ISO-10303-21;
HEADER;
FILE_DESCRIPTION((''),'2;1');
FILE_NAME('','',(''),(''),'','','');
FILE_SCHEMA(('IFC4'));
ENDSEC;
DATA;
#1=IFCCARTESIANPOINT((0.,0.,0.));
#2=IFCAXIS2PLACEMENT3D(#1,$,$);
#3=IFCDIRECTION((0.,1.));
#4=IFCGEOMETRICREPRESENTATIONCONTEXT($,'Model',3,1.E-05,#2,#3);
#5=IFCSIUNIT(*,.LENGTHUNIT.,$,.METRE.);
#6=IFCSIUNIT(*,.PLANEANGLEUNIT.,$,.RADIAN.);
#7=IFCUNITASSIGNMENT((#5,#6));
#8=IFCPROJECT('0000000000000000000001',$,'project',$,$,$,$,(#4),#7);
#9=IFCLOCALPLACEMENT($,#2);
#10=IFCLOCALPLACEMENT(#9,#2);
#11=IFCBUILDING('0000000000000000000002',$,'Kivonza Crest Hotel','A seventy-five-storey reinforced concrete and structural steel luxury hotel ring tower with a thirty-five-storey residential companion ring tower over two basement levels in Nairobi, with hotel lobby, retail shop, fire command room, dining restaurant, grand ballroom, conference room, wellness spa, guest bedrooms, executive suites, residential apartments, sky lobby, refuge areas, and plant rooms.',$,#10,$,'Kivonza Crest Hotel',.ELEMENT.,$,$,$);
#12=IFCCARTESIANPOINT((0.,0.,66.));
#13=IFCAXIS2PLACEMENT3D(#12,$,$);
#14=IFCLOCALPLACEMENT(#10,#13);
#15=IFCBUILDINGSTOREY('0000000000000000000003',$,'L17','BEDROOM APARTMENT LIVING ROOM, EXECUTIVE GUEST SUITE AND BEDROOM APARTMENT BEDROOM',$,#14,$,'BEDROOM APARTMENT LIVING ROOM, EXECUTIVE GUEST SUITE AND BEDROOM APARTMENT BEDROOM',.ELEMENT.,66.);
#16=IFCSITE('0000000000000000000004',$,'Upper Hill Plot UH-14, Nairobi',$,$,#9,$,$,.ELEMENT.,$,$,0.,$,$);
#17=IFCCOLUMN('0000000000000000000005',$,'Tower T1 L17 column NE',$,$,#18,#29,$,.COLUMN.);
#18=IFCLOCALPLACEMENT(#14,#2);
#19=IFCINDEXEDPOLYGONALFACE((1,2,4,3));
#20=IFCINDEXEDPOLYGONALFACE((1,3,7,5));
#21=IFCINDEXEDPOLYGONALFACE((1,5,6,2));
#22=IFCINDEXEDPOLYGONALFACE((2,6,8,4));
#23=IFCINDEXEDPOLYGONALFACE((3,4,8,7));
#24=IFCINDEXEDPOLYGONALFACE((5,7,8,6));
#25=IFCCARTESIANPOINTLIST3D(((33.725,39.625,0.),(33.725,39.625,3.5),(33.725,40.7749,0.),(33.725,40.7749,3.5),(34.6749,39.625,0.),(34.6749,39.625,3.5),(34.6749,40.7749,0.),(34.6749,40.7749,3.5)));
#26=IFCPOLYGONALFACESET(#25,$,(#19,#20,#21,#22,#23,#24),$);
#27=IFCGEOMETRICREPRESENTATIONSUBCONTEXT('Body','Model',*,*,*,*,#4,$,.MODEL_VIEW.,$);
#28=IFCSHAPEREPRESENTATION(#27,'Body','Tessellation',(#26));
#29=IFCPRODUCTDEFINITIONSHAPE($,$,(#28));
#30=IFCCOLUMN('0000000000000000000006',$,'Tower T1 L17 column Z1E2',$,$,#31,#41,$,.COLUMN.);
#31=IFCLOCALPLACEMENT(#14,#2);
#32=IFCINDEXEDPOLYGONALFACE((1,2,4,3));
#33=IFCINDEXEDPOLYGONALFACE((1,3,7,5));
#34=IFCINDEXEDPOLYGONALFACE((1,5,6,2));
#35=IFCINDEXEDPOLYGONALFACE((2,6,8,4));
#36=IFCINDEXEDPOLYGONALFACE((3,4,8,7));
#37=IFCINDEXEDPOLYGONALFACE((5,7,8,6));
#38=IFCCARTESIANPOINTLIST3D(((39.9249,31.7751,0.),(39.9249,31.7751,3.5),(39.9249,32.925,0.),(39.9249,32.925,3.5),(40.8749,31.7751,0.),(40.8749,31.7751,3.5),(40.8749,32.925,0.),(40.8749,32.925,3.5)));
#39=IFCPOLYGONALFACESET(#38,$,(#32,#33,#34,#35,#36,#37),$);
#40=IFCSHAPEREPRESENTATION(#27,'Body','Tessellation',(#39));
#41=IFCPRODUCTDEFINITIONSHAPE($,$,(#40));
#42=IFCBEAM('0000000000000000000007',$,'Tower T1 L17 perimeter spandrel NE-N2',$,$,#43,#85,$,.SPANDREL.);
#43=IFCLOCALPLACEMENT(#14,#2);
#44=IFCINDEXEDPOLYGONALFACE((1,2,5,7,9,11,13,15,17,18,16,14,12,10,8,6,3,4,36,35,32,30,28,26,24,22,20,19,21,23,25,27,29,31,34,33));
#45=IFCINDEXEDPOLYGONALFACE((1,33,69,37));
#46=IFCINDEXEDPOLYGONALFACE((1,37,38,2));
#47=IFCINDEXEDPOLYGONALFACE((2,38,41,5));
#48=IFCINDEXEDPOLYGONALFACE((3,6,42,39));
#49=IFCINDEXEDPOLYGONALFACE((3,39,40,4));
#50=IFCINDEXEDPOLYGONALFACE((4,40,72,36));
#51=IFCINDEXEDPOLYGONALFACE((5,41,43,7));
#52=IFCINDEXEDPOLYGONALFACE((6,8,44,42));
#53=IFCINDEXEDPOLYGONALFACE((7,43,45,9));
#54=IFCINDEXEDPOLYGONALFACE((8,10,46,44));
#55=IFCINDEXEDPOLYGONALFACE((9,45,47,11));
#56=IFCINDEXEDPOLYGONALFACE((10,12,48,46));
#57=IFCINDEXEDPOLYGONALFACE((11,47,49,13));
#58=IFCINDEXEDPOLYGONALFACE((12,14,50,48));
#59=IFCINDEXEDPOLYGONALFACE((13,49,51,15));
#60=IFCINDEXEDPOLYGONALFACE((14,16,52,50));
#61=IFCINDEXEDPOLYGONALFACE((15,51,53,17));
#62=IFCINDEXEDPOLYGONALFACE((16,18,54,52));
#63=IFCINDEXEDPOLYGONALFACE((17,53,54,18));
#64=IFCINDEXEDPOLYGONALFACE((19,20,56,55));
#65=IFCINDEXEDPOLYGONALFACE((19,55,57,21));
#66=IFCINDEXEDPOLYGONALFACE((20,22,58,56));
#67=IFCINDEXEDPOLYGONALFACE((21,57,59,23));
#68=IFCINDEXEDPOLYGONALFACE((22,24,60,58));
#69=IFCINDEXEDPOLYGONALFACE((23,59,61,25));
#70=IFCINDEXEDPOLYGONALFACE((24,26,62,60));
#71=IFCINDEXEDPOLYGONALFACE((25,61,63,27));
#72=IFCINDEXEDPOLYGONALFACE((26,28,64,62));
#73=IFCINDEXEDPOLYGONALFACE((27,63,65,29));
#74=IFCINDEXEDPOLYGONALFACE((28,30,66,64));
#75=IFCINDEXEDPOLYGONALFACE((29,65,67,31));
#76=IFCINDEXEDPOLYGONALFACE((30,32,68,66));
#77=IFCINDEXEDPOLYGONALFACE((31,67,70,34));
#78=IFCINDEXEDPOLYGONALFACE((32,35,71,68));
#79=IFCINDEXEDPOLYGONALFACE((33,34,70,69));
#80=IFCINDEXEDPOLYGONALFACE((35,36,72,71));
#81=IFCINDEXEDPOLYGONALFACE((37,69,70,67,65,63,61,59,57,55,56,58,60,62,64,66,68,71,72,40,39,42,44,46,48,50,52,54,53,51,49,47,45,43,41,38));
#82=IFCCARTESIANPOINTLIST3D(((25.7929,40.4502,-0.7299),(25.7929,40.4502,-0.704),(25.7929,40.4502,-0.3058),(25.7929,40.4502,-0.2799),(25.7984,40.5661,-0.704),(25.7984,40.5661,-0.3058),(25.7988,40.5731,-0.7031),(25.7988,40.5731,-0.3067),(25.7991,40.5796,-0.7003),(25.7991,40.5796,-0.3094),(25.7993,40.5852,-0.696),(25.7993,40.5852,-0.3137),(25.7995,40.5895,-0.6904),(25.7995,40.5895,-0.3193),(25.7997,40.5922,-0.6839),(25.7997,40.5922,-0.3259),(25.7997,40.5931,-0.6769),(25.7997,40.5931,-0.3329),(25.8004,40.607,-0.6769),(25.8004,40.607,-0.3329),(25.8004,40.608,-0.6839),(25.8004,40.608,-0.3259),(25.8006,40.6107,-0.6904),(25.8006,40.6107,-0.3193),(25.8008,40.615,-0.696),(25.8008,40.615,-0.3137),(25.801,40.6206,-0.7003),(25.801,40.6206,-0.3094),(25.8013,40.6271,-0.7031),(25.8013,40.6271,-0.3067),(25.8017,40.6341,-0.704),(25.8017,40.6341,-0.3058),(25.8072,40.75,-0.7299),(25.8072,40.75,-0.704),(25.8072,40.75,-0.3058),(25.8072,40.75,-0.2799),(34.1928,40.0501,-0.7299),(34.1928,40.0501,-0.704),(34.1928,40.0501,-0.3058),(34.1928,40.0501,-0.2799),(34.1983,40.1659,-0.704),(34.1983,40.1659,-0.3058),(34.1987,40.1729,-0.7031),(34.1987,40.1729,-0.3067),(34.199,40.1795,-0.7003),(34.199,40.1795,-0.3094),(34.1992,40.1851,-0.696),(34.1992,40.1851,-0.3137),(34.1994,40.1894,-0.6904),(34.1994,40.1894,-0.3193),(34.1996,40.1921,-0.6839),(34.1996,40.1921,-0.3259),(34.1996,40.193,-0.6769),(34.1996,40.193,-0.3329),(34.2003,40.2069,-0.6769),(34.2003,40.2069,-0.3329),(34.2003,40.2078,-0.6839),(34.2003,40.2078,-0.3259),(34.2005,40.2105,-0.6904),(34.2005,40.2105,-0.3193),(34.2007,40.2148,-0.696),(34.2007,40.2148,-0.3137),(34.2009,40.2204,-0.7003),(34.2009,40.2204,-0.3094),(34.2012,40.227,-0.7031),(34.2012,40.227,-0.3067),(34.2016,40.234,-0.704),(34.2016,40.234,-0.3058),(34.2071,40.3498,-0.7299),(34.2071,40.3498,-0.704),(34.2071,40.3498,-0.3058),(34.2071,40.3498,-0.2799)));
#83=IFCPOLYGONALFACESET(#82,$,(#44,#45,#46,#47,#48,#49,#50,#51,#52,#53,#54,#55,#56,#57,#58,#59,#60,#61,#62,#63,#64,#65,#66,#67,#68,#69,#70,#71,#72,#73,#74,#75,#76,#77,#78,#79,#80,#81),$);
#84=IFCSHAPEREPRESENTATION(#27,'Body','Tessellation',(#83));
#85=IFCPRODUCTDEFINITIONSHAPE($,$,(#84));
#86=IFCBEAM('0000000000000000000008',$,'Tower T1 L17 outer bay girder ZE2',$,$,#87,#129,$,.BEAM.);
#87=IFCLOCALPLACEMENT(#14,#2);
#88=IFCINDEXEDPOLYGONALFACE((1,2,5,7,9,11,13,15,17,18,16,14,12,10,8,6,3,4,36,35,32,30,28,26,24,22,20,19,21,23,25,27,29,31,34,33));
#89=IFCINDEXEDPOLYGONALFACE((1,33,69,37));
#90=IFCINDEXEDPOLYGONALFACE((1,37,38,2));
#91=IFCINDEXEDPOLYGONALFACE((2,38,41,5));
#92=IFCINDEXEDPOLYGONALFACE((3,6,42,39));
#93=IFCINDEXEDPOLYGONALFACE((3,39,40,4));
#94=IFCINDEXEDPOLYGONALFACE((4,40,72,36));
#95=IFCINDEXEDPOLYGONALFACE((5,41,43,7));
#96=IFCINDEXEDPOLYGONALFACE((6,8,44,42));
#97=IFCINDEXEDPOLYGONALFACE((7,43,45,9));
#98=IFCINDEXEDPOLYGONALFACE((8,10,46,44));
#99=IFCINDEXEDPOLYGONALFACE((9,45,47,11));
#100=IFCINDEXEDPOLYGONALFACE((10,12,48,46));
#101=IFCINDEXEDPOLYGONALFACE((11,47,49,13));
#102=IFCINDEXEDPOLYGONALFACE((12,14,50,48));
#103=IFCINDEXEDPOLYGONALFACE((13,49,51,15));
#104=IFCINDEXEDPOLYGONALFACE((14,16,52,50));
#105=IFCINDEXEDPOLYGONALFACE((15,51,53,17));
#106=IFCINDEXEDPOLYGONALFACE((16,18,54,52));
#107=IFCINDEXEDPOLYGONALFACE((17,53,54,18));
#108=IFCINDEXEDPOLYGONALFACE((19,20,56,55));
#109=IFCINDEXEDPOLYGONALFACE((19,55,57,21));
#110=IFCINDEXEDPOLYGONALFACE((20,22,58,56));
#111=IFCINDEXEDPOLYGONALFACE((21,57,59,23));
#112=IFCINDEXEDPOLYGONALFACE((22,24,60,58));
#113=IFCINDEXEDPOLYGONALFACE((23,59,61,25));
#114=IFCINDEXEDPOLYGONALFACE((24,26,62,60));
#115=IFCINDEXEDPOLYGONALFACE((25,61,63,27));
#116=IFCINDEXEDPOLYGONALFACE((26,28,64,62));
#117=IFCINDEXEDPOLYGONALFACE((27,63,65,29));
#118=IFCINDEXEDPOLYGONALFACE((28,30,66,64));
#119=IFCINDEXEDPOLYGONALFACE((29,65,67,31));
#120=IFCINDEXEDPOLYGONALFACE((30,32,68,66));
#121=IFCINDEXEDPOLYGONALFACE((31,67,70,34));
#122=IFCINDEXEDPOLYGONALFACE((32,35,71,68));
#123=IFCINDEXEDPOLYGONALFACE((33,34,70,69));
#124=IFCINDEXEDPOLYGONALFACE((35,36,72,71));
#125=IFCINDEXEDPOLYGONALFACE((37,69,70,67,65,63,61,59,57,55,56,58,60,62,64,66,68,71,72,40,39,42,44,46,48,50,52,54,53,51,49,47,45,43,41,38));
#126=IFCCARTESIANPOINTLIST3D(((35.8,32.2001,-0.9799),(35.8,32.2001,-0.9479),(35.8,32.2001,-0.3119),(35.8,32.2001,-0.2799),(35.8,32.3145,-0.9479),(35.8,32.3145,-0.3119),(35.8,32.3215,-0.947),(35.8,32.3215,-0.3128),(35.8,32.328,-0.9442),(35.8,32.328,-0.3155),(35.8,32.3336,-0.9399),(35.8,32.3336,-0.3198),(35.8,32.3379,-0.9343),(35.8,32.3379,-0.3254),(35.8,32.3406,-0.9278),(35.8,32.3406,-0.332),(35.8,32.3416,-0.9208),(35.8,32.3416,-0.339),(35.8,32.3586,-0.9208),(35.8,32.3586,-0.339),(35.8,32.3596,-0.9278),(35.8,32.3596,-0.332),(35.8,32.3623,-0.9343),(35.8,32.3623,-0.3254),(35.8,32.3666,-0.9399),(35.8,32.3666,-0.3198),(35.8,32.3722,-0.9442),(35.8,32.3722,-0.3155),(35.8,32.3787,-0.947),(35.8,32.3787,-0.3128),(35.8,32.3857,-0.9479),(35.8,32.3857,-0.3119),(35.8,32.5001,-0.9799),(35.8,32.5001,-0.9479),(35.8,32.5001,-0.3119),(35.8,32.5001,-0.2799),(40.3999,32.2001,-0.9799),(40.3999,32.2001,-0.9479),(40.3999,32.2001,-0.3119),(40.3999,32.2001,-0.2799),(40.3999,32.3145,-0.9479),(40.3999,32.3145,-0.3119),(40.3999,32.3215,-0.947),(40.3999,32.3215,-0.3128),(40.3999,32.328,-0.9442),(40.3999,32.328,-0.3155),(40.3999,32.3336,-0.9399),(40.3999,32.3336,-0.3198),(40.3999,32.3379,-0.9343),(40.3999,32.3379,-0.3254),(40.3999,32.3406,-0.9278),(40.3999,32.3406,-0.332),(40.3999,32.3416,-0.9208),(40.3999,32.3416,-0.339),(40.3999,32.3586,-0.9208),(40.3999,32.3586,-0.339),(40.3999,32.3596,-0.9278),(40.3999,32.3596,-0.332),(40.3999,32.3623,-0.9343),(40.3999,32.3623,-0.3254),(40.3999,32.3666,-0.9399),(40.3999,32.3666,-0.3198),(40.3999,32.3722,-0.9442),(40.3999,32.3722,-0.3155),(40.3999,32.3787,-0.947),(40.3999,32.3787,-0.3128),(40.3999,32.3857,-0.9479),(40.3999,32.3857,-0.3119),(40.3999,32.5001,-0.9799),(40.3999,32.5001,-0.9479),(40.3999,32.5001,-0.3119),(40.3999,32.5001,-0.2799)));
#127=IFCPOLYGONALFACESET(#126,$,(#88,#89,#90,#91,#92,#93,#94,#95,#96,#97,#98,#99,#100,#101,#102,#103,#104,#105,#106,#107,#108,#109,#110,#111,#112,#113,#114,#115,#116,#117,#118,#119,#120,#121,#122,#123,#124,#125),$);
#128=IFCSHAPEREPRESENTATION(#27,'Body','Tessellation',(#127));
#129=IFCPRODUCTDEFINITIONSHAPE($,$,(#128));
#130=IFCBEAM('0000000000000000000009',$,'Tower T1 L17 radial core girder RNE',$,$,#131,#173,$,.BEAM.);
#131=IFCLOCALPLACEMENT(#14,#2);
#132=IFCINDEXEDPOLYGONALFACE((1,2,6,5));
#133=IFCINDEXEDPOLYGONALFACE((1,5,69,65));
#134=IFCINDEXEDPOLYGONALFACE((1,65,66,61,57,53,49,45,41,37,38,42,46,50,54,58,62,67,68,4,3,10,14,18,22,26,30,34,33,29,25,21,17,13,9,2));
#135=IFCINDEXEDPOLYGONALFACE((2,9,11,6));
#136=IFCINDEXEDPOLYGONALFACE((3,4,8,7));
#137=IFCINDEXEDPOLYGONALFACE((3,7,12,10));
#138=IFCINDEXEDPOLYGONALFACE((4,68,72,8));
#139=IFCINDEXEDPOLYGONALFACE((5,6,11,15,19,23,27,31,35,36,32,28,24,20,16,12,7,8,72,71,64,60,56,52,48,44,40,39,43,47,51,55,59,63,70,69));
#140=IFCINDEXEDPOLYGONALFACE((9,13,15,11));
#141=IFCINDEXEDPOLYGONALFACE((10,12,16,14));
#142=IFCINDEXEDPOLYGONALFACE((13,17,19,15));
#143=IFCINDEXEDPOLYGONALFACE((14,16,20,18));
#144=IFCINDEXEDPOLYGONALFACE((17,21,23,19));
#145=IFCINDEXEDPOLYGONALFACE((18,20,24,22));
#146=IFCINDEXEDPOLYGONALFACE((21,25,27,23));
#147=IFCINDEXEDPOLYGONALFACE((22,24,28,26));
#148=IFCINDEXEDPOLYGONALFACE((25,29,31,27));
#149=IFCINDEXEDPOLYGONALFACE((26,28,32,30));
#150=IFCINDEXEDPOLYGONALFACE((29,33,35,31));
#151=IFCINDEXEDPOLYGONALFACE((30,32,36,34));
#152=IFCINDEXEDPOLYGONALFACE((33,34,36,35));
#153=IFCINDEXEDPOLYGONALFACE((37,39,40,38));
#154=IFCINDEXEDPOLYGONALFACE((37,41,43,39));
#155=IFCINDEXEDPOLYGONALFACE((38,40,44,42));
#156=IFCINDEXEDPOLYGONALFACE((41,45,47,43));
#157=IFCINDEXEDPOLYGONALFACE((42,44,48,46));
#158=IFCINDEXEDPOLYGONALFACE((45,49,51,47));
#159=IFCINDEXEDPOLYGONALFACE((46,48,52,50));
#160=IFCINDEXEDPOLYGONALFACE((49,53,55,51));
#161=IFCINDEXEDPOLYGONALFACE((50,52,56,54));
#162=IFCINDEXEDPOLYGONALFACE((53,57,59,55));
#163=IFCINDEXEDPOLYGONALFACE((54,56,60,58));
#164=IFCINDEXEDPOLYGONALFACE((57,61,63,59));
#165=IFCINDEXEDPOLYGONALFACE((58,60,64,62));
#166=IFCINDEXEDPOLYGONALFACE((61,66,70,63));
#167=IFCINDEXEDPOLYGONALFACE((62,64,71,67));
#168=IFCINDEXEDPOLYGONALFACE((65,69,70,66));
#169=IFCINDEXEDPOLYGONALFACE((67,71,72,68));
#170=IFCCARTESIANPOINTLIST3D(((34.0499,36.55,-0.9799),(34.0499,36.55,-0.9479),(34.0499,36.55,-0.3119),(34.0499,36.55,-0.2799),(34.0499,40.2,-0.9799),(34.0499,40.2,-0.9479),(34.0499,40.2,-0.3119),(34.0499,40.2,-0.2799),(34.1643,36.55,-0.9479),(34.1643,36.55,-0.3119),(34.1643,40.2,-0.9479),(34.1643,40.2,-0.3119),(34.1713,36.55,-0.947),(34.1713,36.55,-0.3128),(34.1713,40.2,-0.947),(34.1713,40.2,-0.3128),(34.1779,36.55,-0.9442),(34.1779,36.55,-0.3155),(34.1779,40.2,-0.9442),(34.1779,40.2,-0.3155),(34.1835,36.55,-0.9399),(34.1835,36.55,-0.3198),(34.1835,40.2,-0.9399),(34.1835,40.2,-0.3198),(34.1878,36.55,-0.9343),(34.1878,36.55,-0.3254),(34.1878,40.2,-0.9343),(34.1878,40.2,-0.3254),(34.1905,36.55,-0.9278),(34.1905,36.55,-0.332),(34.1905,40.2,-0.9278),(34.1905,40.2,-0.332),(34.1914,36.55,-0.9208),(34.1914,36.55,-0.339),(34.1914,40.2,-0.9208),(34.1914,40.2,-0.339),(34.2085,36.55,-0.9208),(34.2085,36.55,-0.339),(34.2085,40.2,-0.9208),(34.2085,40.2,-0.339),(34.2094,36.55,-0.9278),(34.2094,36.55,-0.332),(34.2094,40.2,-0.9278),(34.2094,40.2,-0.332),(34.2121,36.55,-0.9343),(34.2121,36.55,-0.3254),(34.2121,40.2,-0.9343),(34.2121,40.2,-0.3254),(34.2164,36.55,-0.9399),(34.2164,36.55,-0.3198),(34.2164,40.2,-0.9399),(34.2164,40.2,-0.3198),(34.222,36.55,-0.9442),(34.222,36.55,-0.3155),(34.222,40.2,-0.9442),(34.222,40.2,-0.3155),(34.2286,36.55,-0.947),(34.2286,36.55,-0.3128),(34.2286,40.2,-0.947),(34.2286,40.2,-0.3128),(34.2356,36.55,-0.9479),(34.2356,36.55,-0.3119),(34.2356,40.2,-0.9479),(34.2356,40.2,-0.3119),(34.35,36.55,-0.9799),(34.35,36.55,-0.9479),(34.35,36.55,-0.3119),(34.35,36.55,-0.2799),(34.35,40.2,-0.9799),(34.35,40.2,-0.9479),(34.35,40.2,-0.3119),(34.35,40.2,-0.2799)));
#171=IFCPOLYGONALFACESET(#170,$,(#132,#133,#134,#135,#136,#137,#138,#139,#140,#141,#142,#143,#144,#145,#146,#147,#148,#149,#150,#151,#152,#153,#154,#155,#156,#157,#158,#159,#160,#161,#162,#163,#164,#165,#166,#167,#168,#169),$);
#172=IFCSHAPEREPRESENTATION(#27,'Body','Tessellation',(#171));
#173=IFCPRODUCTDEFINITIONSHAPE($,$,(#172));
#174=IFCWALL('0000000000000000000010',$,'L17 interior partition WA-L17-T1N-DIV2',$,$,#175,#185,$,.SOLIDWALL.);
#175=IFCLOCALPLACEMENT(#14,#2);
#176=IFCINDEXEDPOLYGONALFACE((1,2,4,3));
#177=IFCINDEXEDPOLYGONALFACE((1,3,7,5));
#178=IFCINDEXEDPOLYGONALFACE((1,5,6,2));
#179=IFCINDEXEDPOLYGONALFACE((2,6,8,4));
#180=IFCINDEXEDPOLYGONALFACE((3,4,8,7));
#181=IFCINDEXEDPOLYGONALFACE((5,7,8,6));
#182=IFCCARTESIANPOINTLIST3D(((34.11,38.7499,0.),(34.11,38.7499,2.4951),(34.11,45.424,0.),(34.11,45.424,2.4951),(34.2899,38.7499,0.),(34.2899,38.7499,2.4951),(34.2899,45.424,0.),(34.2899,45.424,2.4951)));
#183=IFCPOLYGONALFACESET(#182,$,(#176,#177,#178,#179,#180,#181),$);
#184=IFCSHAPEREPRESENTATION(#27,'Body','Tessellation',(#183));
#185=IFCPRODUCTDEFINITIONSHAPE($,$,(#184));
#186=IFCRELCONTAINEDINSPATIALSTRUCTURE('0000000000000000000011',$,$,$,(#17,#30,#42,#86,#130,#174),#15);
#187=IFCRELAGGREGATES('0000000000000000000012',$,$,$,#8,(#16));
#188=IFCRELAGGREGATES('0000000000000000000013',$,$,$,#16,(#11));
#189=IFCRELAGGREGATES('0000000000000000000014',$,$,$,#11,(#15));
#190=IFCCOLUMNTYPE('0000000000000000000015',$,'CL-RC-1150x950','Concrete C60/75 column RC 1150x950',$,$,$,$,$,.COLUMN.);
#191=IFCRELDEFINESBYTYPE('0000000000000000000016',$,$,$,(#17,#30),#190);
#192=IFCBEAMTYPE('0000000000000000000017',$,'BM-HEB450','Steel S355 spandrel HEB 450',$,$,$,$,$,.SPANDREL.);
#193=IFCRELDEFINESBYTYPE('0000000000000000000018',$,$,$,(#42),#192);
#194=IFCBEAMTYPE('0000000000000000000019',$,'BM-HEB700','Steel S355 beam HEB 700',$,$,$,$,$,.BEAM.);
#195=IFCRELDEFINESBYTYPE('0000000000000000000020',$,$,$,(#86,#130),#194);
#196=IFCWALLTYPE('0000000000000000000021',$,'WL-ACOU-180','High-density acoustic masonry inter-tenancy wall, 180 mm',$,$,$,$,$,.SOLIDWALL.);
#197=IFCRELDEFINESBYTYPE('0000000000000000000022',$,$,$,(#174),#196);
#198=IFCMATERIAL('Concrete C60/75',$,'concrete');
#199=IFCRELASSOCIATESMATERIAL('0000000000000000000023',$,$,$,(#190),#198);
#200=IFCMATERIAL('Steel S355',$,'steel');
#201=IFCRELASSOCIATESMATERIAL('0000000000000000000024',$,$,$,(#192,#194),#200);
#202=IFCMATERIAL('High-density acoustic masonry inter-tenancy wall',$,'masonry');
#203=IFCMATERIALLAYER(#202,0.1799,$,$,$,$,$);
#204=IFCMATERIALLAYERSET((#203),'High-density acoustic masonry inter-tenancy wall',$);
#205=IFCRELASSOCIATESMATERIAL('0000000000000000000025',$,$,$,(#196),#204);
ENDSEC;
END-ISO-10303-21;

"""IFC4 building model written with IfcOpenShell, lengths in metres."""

from ifc_helpers import new_model, si_unit, direction, frame, frame_2d, origin, origin_2d, place, context, subcontext, project, spatial, rectangle, i_section, extrude, material, layer, layer_set, material_profile, profile_set, type_object, element, save


model = new_model("IFC4")

# Units and contexts
model_context = context("Model", 3, precision=1e-05, world=origin(), true_north=direction((0.0, 1.0)))
body_context = subcontext(model_context, "Body", "Model", "MODEL_VIEW")
ifc_project = project(units=[si_unit("LENGTHUNIT", "METRE"), si_unit("PLANEANGLEUNIT", "RADIAN")], contexts=[model_context])

# Site, building, storey
site_placement = place(None, origin())
site = spatial("IfcSite", under=ifc_project, at=site_placement, Name="Upper Hill Plot UH-14, Nairobi", CompositionType="ELEMENT", RefElevation=0.0)
building_placement = place(site_placement, origin())
building = spatial("IfcBuilding", under=site, at=building_placement, Name="Kivonza Crest Hotel", Description="A seventy-five-storey reinforced concrete and structural steel luxury hotel ring tower with a thirty-five-storey residential companion ring tower over two basement levels in Nairobi, with hotel lobby, retail shop, fire command room, dining restaurant, grand ballroom, conference room, wellness spa, guest bedrooms, executive suites, residential apartments, sky lobby, refuge areas, and plant rooms.", LongName="Kivonza Crest Hotel", CompositionType="ELEMENT")
storey_placement = place(building_placement, frame((0.0, 0.0, 66.0)))
storey = spatial("IfcBuildingStorey", under=building, at=storey_placement, Name="L17", Description="BEDROOM APARTMENT LIVING ROOM, EXECUTIVE GUEST SUITE AND BEDROOM APARTMENT BEDROOM", LongName="BEDROOM APARTMENT LIVING ROOM, EXECUTIVE GUEST SUITE AND BEDROOM APARTMENT BEDROOM", CompositionType="ELEMENT", Elevation=66.0)

# Columns
ifc_material_1 = material(Name="Concrete C60/75", Category="concrete")
ifc_material_profile_1 = material_profile(ifc_material_1, rectangle(XDim=0.95, YDim=1.1499, at=origin_2d()), Name="RC 1150x950")
ifc_profile_set_1 = profile_set([ifc_material_profile_1], Name="Concrete C60/75")
column_type = type_object("IfcColumnType", Name="CL-RC-1150x950", Description="Concrete C60/75 column RC 1150x950", PredefinedType="COLUMN", material=ifc_profile_set_1)
for number, where, z_axis, x_axis, name in (
    (1, (34.2, 40.2, 0.0), (0.0, 0.0, 1.0), (1.0, 0.0, 0.0), "Tower T1 L17 column NE"),
    (2, (40.3999, 32.3501, 0.0), (0.0, 0.0, 1.0), (1.0, 0.0, 0.0), "Tower T1 L17 column Z1E2"),
):
    element("IfcColumn", number, at=place(storey_placement, frame(where, z_axis=z_axis, x_axis=x_axis)), inside=storey, type_object=column_type, Name=name, PredefinedType="COLUMN", context=body_context, shape_type="SweptSolid", body=[
        extrude(rectangle(XDim=0.95, YDim=1.1499, at=origin_2d()), origin(), (0.0, 0.0, 1.0), 3.5),
    ])

# Beams
ifc_material_2 = material(Name="Steel S355", Category="steel")
ifc_material_profile_2 = material_profile(ifc_material_2, i_section(OverallWidth=0.3, OverallDepth=0.45, WebThickness=0.0139, FlangeThickness=0.0259, FilletRadius=0.0271, at=origin_2d()), Name="HEB 450")
ifc_profile_set_2 = profile_set([ifc_material_profile_2], Name="Steel S355")
beam_type_1 = type_object("IfcBeamType", Name="BM-HEB450", Description="Steel S355 spandrel HEB 450", PredefinedType="SPANDREL", material=ifc_profile_set_2)
beam_1_placement = place(storey_placement, frame((34.2, 40.2, -0.5049), z_axis=(-0.998867, 0.047583, 0.0), x_axis=(-0.047583, -0.998867, 0.0)))
element("IfcBeam", 3, at=beam_1_placement, inside=storey, type_object=beam_type_1, Name="Tower T1 L17 perimeter spandrel NE-N2", PredefinedType="SPANDREL", context=body_context, shape_type="SweptSolid", body=[
    extrude(i_section(OverallWidth=0.3, OverallDepth=0.45, WebThickness=0.0139, FlangeThickness=0.0259, FilletRadius=0.0271, at=origin_2d()), origin(), (0.0, 0.0, 1.0), 8.4094),
])
ifc_material_profile_3 = material_profile(ifc_material_2, i_section(OverallWidth=0.3, OverallDepth=0.7, WebThickness=0.0171, FlangeThickness=0.032, FilletRadius=0.0271, at=origin_2d()), Name="HEB 700")
ifc_profile_set_3 = profile_set([ifc_material_profile_3], Name="Steel S355")
beam_type_2 = type_object("IfcBeamType", Name="BM-HEB700", Description="Steel S355 beam HEB 700", PredefinedType="BEAM", material=ifc_profile_set_3)
beam_2_placement = place(storey_placement, frame((40.3999, 32.3501, -0.6299), z_axis=(-1.0, 0.0, 0.0), x_axis=(0.0, -1.0, 0.0)))
element("IfcBeam", 4, at=beam_2_placement, inside=storey, type_object=beam_type_2, Name="Tower T1 L17 outer bay girder ZE2", PredefinedType="BEAM", context=body_context, shape_type="SweptSolid", body=[
    extrude(i_section(OverallWidth=0.3, OverallDepth=0.7, WebThickness=0.0171, FlangeThickness=0.032, FilletRadius=0.0271, at=origin_2d()), origin(), (0.0, 0.0, 1.0), 4.5999),
])
beam_3_placement = place(storey_placement, frame((34.2, 40.2, -0.6299), z_axis=(0.0, -1.0, 0.0), x_axis=(1.0, 0.0, 0.0)))
element("IfcBeam", 5, at=beam_3_placement, inside=storey, type_object=beam_type_2, Name="Tower T1 L17 radial core girder RNE", PredefinedType="BEAM", context=body_context, shape_type="SweptSolid", body=[
    extrude(i_section(OverallWidth=0.3, OverallDepth=0.7, WebThickness=0.0171, FlangeThickness=0.032, FilletRadius=0.0271, at=origin_2d()), origin(), (0.0, 0.0, 1.0), 3.6499),
])

# Wall
ifc_material_3 = material(Name="High-density acoustic masonry inter-tenancy wall", Category="masonry")
ifc_layer_1 = layer(ifc_material_3, 0.1799)
ifc_layer_set_1 = layer_set([ifc_layer_1], Name="High-density acoustic masonry inter-tenancy wall")
wall_type_1 = type_object("IfcWallType", Name="WL-ACOU-180", Description="High-density acoustic masonry inter-tenancy wall, 180 mm", PredefinedType="SOLIDWALL", material=ifc_layer_set_1)
wall_1_placement = place(storey_placement, frame((34.2, 38.75, 0.0), z_axis=(0.0, 0.0, 1.0), x_axis=(0.0, 1.0, 0.0)))
element("IfcWall", 6, at=wall_1_placement, inside=storey, type_object=wall_type_1, Name="L17 interior partition WA-L17-T1N-DIV2", PredefinedType="SOLIDWALL", context=body_context, shape_type="SweptSolid", body=[
    extrude(rectangle(XDim=6.6741, YDim=0.1799, at=frame_2d((3.3369, 0.0))), origin(), (0.0, 0.0, 1.0), 2.4951),
])

save(model, "model.ifc")
